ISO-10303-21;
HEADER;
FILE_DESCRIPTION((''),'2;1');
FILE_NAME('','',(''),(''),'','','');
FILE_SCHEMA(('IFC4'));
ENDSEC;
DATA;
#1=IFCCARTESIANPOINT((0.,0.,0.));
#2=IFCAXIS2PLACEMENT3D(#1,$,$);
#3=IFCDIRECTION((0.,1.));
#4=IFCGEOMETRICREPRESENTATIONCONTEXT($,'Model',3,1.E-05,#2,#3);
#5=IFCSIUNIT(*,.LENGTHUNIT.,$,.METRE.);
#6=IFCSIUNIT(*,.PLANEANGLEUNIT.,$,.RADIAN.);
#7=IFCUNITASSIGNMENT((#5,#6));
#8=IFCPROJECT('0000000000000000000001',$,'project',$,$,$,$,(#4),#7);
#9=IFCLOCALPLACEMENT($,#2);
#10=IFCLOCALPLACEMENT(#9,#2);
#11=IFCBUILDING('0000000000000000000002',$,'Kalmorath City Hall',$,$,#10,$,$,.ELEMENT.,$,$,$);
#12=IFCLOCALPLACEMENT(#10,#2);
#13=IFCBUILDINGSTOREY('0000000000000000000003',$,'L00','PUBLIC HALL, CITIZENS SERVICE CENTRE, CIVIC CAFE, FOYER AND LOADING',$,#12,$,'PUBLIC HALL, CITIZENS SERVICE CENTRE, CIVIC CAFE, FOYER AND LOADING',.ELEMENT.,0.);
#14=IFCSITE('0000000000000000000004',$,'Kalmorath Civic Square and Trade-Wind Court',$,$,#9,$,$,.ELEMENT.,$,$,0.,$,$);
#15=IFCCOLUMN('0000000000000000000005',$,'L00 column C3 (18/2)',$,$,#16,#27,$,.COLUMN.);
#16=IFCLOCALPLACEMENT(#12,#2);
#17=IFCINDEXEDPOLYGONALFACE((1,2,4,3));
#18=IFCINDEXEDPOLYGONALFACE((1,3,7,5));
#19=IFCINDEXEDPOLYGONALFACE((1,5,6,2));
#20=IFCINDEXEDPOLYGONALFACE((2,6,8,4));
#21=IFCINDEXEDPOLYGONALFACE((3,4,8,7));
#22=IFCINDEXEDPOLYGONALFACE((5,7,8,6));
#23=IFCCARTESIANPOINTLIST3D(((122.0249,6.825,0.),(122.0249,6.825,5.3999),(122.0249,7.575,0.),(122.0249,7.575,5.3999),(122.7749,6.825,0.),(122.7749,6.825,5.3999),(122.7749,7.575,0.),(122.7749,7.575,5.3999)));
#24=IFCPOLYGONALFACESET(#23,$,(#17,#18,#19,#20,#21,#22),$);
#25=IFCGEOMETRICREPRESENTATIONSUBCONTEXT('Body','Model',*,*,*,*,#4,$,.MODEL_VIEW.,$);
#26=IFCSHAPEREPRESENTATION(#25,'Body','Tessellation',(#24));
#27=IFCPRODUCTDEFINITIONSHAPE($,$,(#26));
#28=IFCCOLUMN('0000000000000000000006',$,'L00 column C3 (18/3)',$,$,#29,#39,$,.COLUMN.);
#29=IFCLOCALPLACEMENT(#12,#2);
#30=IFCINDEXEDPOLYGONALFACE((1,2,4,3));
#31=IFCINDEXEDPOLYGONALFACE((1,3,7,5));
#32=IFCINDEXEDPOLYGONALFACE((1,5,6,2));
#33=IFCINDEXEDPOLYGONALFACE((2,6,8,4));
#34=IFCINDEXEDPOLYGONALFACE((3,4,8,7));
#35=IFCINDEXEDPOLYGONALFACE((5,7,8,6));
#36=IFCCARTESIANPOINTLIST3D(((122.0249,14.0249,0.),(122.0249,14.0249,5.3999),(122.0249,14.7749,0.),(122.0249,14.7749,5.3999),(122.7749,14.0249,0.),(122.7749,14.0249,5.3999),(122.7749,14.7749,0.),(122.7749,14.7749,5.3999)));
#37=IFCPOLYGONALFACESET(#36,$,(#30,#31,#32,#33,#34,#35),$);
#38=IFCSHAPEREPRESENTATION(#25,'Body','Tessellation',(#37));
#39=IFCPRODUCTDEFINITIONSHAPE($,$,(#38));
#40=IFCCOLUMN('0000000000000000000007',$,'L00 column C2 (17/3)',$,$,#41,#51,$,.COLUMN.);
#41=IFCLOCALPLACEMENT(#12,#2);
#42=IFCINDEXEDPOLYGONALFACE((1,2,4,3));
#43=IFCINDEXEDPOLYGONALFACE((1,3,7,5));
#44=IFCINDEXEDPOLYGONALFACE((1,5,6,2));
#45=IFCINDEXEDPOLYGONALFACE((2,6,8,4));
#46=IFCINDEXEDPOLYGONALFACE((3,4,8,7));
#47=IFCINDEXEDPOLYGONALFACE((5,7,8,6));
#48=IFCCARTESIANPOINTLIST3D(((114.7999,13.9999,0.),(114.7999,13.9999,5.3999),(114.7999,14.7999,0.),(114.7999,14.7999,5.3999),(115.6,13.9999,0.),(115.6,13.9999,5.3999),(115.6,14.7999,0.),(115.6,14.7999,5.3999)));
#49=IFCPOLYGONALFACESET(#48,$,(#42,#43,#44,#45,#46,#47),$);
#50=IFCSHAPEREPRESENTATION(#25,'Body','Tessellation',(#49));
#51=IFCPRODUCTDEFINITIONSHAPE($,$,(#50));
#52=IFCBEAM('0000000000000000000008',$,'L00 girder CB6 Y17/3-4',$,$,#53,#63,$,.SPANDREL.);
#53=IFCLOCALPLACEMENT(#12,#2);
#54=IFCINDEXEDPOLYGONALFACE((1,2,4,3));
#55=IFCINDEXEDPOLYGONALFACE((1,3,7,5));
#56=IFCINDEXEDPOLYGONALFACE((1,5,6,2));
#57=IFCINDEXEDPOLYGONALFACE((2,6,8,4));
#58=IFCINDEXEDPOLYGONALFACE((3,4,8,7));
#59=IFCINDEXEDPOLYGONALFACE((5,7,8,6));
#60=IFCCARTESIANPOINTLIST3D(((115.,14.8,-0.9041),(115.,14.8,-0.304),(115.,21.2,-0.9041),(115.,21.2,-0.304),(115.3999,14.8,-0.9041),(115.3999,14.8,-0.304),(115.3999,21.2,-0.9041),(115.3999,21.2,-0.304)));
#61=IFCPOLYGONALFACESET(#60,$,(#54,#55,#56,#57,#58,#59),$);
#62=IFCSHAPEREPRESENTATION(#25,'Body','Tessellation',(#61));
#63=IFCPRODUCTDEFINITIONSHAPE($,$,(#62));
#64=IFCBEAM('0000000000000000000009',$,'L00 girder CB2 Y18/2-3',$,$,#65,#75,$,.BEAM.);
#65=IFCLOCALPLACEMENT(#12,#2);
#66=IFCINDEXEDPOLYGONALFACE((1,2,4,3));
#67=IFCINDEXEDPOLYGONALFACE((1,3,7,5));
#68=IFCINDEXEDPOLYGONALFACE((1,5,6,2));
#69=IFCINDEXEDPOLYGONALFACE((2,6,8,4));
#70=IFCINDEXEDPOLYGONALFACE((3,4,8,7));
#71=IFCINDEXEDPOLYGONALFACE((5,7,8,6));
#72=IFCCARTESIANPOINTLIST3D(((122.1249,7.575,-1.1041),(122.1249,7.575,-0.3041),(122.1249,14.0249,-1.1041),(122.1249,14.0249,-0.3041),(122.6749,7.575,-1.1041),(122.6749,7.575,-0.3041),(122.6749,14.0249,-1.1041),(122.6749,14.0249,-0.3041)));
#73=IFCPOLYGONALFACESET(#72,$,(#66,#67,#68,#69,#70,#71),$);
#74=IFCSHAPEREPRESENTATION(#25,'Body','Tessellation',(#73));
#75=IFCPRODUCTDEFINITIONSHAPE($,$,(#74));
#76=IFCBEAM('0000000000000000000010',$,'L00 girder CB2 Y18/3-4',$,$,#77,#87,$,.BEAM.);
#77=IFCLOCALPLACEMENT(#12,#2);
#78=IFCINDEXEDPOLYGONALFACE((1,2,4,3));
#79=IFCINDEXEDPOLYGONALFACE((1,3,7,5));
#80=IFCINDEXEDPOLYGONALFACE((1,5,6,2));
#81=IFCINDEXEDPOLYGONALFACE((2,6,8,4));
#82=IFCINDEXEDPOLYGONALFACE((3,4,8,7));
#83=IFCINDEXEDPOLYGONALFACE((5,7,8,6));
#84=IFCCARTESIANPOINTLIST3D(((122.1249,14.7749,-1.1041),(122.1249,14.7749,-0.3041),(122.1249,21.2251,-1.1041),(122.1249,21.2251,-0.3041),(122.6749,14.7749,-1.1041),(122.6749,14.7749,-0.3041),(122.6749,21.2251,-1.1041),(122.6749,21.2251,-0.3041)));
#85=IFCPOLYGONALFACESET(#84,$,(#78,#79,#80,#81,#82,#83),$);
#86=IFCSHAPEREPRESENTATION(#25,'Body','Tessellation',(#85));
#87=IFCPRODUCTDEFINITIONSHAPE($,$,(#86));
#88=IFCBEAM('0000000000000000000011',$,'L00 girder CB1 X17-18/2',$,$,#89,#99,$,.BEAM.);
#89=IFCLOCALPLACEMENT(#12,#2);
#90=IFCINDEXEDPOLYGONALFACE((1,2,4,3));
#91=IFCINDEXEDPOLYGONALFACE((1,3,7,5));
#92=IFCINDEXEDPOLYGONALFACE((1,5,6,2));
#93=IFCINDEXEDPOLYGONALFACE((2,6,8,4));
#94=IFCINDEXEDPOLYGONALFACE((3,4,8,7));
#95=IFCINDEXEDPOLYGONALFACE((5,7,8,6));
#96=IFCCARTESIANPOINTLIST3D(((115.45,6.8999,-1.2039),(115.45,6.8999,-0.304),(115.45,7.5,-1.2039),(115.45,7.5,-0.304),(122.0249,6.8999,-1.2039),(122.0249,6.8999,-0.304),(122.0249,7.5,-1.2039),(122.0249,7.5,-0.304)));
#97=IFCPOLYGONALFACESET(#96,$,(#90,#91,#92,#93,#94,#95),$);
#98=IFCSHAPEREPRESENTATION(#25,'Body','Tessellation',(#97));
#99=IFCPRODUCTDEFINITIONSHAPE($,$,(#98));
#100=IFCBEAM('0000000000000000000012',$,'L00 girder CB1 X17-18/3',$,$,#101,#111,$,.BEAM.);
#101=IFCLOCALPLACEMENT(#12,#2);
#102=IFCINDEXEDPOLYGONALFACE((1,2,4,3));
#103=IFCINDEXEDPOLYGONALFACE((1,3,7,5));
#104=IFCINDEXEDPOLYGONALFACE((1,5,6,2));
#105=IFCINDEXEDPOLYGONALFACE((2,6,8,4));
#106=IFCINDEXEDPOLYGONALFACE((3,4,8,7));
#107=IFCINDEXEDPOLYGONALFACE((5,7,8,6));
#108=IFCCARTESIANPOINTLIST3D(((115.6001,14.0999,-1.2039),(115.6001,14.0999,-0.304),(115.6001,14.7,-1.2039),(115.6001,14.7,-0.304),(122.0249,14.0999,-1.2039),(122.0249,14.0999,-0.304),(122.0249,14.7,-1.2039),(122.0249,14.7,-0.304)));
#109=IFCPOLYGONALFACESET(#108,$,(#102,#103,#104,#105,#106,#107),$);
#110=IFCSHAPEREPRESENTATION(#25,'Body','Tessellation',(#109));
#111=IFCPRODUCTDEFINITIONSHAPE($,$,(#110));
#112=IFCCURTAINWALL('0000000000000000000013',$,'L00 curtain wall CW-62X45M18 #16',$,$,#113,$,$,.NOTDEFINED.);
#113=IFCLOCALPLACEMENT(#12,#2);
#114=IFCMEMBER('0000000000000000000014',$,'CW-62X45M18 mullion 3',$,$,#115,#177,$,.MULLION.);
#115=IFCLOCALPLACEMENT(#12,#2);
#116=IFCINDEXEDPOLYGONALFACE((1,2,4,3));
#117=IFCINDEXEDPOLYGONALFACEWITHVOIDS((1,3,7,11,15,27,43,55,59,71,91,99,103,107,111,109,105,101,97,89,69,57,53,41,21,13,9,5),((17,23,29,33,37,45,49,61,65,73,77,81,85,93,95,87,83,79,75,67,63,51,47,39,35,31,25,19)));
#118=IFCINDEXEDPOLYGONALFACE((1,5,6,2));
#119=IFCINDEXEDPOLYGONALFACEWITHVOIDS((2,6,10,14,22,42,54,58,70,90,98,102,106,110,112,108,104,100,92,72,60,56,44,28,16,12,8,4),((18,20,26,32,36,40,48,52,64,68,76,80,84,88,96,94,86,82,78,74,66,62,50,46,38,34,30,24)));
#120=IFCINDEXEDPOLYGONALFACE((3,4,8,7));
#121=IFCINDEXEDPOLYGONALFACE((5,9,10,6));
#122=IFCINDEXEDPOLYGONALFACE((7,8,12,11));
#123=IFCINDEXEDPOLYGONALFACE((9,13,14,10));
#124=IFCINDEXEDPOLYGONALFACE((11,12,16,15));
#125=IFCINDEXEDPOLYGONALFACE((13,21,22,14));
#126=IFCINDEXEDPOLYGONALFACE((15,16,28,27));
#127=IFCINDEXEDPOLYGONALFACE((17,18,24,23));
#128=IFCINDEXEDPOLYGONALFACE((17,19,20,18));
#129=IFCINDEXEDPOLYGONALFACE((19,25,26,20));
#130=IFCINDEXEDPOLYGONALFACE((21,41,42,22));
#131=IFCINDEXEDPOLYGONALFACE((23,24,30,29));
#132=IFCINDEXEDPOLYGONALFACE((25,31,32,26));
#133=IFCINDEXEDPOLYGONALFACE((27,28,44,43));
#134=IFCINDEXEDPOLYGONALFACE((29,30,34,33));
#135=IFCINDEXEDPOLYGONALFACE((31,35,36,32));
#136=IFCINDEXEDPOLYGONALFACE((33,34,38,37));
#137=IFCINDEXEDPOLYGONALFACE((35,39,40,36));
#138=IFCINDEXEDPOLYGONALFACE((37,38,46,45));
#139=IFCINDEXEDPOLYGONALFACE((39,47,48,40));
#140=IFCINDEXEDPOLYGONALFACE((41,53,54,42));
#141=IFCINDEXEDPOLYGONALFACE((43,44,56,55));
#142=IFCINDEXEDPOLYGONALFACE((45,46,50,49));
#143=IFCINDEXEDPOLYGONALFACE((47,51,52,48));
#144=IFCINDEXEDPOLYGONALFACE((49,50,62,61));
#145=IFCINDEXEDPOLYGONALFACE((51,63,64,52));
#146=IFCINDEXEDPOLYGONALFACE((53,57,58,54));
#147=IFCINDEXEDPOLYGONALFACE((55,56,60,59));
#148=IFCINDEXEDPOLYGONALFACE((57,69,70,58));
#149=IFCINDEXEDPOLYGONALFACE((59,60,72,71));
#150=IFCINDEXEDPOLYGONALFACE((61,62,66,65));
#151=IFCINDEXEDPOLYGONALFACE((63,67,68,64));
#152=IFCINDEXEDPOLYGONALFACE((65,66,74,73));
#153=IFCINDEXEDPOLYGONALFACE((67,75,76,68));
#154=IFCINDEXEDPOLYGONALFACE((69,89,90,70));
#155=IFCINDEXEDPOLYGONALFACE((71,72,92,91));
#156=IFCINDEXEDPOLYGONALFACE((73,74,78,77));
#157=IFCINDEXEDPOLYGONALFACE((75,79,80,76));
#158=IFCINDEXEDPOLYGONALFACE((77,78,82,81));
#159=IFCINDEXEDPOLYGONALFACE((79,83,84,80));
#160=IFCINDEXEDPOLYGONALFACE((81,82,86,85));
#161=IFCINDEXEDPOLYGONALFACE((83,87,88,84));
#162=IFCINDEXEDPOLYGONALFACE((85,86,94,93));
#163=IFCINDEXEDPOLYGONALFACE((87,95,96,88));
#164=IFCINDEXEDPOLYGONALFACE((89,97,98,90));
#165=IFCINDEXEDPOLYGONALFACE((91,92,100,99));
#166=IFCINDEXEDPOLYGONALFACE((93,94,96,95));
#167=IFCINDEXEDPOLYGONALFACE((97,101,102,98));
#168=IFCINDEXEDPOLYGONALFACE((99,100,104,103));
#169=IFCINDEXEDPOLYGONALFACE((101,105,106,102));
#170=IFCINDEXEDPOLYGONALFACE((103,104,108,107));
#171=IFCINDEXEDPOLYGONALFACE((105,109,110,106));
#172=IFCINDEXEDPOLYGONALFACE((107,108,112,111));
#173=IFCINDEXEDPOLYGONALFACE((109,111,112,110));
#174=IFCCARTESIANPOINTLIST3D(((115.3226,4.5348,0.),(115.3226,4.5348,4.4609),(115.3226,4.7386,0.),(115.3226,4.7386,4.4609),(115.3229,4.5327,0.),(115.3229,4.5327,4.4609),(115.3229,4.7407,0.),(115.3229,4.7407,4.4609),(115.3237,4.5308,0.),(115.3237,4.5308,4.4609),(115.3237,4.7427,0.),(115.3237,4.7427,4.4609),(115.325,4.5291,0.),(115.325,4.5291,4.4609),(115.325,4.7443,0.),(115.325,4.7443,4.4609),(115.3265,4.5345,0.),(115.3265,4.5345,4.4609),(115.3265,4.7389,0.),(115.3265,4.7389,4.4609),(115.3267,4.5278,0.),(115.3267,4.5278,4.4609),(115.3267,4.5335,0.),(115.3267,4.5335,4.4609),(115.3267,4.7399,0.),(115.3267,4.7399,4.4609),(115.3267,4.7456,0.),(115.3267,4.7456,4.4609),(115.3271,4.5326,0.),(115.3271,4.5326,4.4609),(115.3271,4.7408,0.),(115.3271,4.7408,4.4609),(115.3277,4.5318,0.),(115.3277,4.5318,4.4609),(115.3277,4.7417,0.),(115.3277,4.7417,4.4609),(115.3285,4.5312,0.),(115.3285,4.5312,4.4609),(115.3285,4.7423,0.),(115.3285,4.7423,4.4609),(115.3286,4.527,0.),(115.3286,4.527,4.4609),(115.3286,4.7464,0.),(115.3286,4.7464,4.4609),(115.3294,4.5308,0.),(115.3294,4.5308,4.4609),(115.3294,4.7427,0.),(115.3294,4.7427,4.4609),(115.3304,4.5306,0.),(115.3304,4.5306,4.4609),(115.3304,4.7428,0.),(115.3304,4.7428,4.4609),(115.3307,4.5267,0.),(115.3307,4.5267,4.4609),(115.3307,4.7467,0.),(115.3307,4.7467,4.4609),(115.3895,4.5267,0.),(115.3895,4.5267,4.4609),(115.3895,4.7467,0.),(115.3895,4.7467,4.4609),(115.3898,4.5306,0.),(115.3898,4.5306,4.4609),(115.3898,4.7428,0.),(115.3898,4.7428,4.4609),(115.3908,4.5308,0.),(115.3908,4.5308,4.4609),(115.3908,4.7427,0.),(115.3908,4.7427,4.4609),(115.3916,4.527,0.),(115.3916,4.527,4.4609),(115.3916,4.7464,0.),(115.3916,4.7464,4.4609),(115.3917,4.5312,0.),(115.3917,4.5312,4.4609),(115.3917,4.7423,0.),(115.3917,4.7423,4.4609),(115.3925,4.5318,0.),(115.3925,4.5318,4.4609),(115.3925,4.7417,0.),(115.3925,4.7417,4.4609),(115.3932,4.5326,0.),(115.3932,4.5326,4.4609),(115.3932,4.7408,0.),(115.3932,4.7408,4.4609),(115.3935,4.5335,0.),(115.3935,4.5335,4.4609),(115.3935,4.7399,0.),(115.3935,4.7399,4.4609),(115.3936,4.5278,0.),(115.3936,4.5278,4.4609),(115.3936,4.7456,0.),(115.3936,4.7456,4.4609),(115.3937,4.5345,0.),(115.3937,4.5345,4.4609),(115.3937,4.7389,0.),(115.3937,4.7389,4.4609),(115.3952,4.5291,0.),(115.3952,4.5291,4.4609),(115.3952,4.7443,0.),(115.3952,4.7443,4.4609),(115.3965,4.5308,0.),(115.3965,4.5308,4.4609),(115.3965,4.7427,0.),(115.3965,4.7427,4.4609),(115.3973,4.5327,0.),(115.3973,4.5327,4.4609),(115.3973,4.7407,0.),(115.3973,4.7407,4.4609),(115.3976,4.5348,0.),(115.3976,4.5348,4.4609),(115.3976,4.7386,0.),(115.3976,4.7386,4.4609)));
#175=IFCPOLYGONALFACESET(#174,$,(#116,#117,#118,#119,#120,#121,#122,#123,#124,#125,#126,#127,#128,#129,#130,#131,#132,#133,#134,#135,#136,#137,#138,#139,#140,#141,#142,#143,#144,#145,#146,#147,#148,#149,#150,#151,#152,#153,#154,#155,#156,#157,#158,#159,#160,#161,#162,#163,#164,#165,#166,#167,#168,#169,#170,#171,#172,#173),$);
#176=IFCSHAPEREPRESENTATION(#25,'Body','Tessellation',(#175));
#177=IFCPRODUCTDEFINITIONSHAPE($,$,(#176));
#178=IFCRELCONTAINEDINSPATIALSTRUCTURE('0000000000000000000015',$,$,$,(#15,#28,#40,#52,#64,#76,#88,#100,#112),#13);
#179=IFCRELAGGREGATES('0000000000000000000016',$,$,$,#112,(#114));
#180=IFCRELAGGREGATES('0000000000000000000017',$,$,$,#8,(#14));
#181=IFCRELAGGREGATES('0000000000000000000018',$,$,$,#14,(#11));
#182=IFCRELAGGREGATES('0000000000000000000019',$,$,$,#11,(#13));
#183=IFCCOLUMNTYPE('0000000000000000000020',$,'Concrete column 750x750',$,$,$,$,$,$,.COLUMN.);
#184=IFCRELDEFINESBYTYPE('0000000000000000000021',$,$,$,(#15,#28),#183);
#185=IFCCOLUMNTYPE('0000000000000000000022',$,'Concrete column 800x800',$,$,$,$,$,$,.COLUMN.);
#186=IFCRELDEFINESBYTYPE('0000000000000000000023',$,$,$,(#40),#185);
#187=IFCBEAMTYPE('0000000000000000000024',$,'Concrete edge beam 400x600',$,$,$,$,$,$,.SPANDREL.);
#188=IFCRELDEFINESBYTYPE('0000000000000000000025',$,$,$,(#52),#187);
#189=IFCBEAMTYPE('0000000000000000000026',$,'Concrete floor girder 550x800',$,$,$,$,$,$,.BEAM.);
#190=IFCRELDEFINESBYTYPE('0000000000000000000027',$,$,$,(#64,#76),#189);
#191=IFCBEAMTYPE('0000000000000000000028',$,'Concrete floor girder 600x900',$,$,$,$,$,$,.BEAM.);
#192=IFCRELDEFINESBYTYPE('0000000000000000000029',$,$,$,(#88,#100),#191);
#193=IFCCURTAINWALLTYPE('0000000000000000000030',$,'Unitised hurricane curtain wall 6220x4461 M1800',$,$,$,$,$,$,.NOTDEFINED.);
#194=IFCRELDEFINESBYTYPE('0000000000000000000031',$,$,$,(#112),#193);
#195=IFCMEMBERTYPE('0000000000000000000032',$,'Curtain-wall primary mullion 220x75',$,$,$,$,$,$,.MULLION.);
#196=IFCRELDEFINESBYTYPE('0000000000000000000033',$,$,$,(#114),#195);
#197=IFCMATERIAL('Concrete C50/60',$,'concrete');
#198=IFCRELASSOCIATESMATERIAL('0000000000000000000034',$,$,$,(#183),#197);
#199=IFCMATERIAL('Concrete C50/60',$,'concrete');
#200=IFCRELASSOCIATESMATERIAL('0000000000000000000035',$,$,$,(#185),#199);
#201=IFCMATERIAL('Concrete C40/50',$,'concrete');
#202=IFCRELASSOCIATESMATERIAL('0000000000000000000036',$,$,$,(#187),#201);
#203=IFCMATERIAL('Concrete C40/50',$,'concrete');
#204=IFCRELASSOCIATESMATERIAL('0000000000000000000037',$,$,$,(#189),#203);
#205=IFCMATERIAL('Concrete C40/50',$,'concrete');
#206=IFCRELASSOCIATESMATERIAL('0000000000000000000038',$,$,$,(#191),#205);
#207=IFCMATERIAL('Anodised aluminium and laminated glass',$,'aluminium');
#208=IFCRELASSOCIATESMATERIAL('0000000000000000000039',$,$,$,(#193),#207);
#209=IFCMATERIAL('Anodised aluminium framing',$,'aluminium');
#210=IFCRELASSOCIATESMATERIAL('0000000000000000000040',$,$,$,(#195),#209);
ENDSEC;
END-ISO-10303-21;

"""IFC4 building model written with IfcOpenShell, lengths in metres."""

from ifc_helpers import new_model, si_unit, direction, frame, origin, origin_2d, place, context, subcontext, project, spatial, rectangle, hollow_rectangle, extrude, material, material_profile, profile_set, type_object, element, aggregate, save


model = new_model("IFC4")

# Units and contexts
model_context = context("Model", 3, precision=1e-05, world=origin(), true_north=direction((0.0, 1.0)))
body_context = subcontext(model_context, "Body", "Model", "MODEL_VIEW")
ifc_project = project(units=[si_unit("LENGTHUNIT", "METRE"), si_unit("PLANEANGLEUNIT", "RADIAN")], contexts=[model_context])

# Site, building, storey
site_placement = place(None, origin())
site = spatial("IfcSite", under=ifc_project, at=site_placement, Name="Kalmorath Civic Square and Trade-Wind Court", CompositionType="ELEMENT", RefElevation=0.0)
building_placement = place(site_placement, origin())
building = spatial("IfcBuilding", under=site, at=building_placement, Name="Kalmorath City Hall", CompositionType="ELEMENT")
storey_placement = place(building_placement, origin())
storey = spatial("IfcBuildingStorey", under=building, at=storey_placement, Name="L00", Description="PUBLIC HALL, CITIZENS SERVICE CENTRE, CIVIC CAFE, FOYER AND LOADING", LongName="PUBLIC HALL, CITIZENS SERVICE CENTRE, CIVIC CAFE, FOYER AND LOADING", CompositionType="ELEMENT", Elevation=0.0)

# Columns
ifc_material_1 = material(Name="Concrete C50/60", Category="concrete")
ifc_material_profile_1 = material_profile(ifc_material_1, rectangle(XDim=0.75, YDim=0.75, at=origin_2d()), Name="RC-COL-750X750")
ifc_profile_set_1 = profile_set([ifc_material_profile_1], Name="Concrete C50/60")
column_type_1 = type_object("IfcColumnType", Name="Concrete column 750x750", PredefinedType="COLUMN", material=ifc_profile_set_1)
for number, where, z_axis, x_axis, name in (
    (1, (122.3999, 7.2, 0.0), (0.0, 0.0, 1.0), (1.0, 0.0, 0.0), "L00 column C3 (18/2)"),
    (2, (122.3999, 14.3999, 0.0), (0.0, 0.0, 1.0), (1.0, 0.0, 0.0), "L00 column C3 (18/3)"),
):
    element("IfcColumn", number, at=place(storey_placement, frame(where, z_axis=z_axis, x_axis=x_axis)), inside=storey, type_object=column_type_1, Name=name, PredefinedType="COLUMN", context=body_context, shape_type="SweptSolid", body=[
        extrude(rectangle(XDim=0.75, YDim=0.75, at=origin_2d()), origin(), (0.0, 0.0, 1.0), 5.3999),
    ])
ifc_material_2 = material(Name="Concrete C50/60", Category="concrete")
ifc_material_profile_2 = material_profile(ifc_material_2, rectangle(XDim=0.8, YDim=0.8, at=origin_2d()), Name="RC-COL-800X800")
ifc_profile_set_2 = profile_set([ifc_material_profile_2], Name="Concrete C50/60")
column_type_2 = type_object("IfcColumnType", Name="Concrete column 800x800", PredefinedType="COLUMN", material=ifc_profile_set_2)
column_placement = place(storey_placement, frame((115.2, 14.3999, 0.0), z_axis=(0.0, 0.0, 1.0), x_axis=(1.0, 0.0, 0.0)))
element("IfcColumn", 3, at=column_placement, inside=storey, type_object=column_type_2, Name="L00 column C2 (17/3)", PredefinedType="COLUMN", context=body_context, shape_type="SweptSolid", body=[
    extrude(rectangle(XDim=0.8, YDim=0.8, at=origin_2d()), origin(), (0.0, 0.0, 1.0), 5.3999),
])

# Beams
ifc_material_3 = material(Name="Concrete C40/50", Category="concrete")
ifc_material_profile_3 = material_profile(ifc_material_3, rectangle(XDim=0.3999, YDim=0.6001, at=origin_2d()), Name="RC-BM-400X600")
ifc_profile_set_3 = profile_set([ifc_material_profile_3], Name="Concrete C40/50")
beam_type_1 = type_object("IfcBeamType", Name="Concrete edge beam 400x600", PredefinedType="SPANDREL", material=ifc_profile_set_3)
beam_1_placement = place(storey_placement, frame((115.2, 14.8, -0.604), z_axis=(0.0, 1.0, 0.0), x_axis=(-1.0, 0.0, 0.0)))
element("IfcBeam", 4, at=beam_1_placement, inside=storey, type_object=beam_type_1, Name="L00 girder CB6 Y17/3-4", PredefinedType="SPANDREL", context=body_context, shape_type="SweptSolid", body=[
    extrude(rectangle(XDim=0.3999, YDim=0.6001, at=origin_2d()), origin(), (0.0, 0.0, 1.0), 6.3999),
])
ifc_material_4 = material(Name="Concrete C40/50", Category="concrete")
ifc_material_profile_4 = material_profile(ifc_material_4, rectangle(XDim=0.55, YDim=0.8, at=origin_2d()), Name="RC-BM-550X800")
ifc_profile_set_4 = profile_set([ifc_material_profile_4], Name="Concrete C40/50")
beam_type_2 = type_object("IfcBeamType", Name="Concrete floor girder 550x800", PredefinedType="BEAM", material=ifc_profile_set_4)
beam_2_placement = place(storey_placement, frame((122.3999, 7.575, -0.7041), z_axis=(0.0, 1.0, 0.0), x_axis=(-1.0, 0.0, 0.0)))
element("IfcBeam", 5, at=beam_2_placement, inside=storey, type_object=beam_type_2, Name="L00 girder CB2 Y18/2-3", PredefinedType="BEAM", context=body_context, shape_type="SweptSolid", body=[
    extrude(rectangle(XDim=0.55, YDim=0.8, at=origin_2d()), origin(), (0.0, 0.0, 1.0), 6.45),
])
beam_3_placement = place(storey_placement, frame((122.3999, 14.7749, -0.7041), z_axis=(0.0, 1.0, 0.0), x_axis=(-1.0, 0.0, 0.0)))
element("IfcBeam", 6, at=beam_3_placement, inside=storey, type_object=beam_type_2, Name="L00 girder CB2 Y18/3-4", PredefinedType="BEAM", context=body_context, shape_type="SweptSolid", body=[
    extrude(rectangle(XDim=0.55, YDim=0.8, at=origin_2d()), origin(), (0.0, 0.0, 1.0), 6.4502),
])
ifc_material_5 = material(Name="Concrete C40/50", Category="concrete")
ifc_material_profile_5 = material_profile(ifc_material_5, rectangle(XDim=0.6001, YDim=0.8999, at=origin_2d()), Name="RC-BM-600X900")
ifc_profile_set_5 = profile_set([ifc_material_profile_5], Name="Concrete C40/50")
beam_type_3 = type_object("IfcBeamType", Name="Concrete floor girder 600x900", PredefinedType="BEAM", material=ifc_profile_set_5)
beam_4_placement = place(storey_placement, frame((115.45, 7.2, -0.7539), z_axis=(1.0, 0.0, 0.0), x_axis=(0.0, 1.0, 0.0)))
element("IfcBeam", 7, at=beam_4_placement, inside=storey, type_object=beam_type_3, Name="L00 girder CB1 X17-18/2", PredefinedType="BEAM", context=body_context, shape_type="SweptSolid", body=[
    extrude(rectangle(XDim=0.6001, YDim=0.8999, at=origin_2d()), origin(), (0.0, 0.0, 1.0), 6.575),
])
beam_5_placement = place(storey_placement, frame((115.6001, 14.3999, -0.7539), z_axis=(1.0, 0.0, 0.0), x_axis=(0.0, 1.0, 0.0)))
element("IfcBeam", 8, at=beam_5_placement, inside=storey, type_object=beam_type_3, Name="L00 girder CB1 X17-18/3", PredefinedType="BEAM", context=body_context, shape_type="SweptSolid", body=[
    extrude(rectangle(XDim=0.6001, YDim=0.8999, at=origin_2d()), origin(), (0.0, 0.0, 1.0), 6.4248),
])

# Curtain wall, member
ifc_material_6 = material(Name="Anodised aluminium and laminated glass", Category="aluminium")
curtain_wall_type = type_object("IfcCurtainWallType", Name="Unitised hurricane curtain wall 6220x4461 M1800", PredefinedType="NOTDEFINED", material=ifc_material_6)
curtain_wall_1_placement = place(storey_placement, origin())
curtain_wall_1 = element("IfcCurtainWall", 9, at=curtain_wall_1_placement, inside=storey, type_object=curtain_wall_type, Name="L00 curtain wall CW-62X45M18 #16", PredefinedType="NOTDEFINED")
ifc_material_7 = material(Name="Anodised aluminium framing", Category="aluminium")
ifc_material_profile_6 = material_profile(ifc_material_7, hollow_rectangle(XDim=0.075, YDim=0.22, WallThickness=0.0039, InnerFilletRadius=0.0039, OuterFilletRadius=0.0081, at=origin_2d()), Name="ALU-MUL-220X75X4")
ifc_profile_set_6 = profile_set([ifc_material_profile_6], Name="Anodised aluminium framing")
member_type_1 = type_object("IfcMemberType", Name="Curtain-wall primary mullion 220x75", PredefinedType="MULLION", material=ifc_profile_set_6)
member_1_placement = place(storey_placement, frame((115.3601, 4.6367, 0.0), z_axis=(0.0, 0.0, 1.0), x_axis=(-1.0, 0.0, 0.0)))
member_1 = element("IfcMember", 10, at=member_1_placement, type_object=member_type_1, Name="CW-62X45M18 mullion 3", PredefinedType="MULLION", context=body_context, shape_type="SweptSolid", body=[
    extrude(hollow_rectangle(XDim=0.075, YDim=0.22, WallThickness=0.0039, InnerFilletRadius=0.0039, OuterFilletRadius=0.0081, at=origin_2d()), origin(), (0.0, 0.0, 1.0), 4.4609),
])

aggregate(curtain_wall_1, [member_1])

save(model, "model.ifc")
